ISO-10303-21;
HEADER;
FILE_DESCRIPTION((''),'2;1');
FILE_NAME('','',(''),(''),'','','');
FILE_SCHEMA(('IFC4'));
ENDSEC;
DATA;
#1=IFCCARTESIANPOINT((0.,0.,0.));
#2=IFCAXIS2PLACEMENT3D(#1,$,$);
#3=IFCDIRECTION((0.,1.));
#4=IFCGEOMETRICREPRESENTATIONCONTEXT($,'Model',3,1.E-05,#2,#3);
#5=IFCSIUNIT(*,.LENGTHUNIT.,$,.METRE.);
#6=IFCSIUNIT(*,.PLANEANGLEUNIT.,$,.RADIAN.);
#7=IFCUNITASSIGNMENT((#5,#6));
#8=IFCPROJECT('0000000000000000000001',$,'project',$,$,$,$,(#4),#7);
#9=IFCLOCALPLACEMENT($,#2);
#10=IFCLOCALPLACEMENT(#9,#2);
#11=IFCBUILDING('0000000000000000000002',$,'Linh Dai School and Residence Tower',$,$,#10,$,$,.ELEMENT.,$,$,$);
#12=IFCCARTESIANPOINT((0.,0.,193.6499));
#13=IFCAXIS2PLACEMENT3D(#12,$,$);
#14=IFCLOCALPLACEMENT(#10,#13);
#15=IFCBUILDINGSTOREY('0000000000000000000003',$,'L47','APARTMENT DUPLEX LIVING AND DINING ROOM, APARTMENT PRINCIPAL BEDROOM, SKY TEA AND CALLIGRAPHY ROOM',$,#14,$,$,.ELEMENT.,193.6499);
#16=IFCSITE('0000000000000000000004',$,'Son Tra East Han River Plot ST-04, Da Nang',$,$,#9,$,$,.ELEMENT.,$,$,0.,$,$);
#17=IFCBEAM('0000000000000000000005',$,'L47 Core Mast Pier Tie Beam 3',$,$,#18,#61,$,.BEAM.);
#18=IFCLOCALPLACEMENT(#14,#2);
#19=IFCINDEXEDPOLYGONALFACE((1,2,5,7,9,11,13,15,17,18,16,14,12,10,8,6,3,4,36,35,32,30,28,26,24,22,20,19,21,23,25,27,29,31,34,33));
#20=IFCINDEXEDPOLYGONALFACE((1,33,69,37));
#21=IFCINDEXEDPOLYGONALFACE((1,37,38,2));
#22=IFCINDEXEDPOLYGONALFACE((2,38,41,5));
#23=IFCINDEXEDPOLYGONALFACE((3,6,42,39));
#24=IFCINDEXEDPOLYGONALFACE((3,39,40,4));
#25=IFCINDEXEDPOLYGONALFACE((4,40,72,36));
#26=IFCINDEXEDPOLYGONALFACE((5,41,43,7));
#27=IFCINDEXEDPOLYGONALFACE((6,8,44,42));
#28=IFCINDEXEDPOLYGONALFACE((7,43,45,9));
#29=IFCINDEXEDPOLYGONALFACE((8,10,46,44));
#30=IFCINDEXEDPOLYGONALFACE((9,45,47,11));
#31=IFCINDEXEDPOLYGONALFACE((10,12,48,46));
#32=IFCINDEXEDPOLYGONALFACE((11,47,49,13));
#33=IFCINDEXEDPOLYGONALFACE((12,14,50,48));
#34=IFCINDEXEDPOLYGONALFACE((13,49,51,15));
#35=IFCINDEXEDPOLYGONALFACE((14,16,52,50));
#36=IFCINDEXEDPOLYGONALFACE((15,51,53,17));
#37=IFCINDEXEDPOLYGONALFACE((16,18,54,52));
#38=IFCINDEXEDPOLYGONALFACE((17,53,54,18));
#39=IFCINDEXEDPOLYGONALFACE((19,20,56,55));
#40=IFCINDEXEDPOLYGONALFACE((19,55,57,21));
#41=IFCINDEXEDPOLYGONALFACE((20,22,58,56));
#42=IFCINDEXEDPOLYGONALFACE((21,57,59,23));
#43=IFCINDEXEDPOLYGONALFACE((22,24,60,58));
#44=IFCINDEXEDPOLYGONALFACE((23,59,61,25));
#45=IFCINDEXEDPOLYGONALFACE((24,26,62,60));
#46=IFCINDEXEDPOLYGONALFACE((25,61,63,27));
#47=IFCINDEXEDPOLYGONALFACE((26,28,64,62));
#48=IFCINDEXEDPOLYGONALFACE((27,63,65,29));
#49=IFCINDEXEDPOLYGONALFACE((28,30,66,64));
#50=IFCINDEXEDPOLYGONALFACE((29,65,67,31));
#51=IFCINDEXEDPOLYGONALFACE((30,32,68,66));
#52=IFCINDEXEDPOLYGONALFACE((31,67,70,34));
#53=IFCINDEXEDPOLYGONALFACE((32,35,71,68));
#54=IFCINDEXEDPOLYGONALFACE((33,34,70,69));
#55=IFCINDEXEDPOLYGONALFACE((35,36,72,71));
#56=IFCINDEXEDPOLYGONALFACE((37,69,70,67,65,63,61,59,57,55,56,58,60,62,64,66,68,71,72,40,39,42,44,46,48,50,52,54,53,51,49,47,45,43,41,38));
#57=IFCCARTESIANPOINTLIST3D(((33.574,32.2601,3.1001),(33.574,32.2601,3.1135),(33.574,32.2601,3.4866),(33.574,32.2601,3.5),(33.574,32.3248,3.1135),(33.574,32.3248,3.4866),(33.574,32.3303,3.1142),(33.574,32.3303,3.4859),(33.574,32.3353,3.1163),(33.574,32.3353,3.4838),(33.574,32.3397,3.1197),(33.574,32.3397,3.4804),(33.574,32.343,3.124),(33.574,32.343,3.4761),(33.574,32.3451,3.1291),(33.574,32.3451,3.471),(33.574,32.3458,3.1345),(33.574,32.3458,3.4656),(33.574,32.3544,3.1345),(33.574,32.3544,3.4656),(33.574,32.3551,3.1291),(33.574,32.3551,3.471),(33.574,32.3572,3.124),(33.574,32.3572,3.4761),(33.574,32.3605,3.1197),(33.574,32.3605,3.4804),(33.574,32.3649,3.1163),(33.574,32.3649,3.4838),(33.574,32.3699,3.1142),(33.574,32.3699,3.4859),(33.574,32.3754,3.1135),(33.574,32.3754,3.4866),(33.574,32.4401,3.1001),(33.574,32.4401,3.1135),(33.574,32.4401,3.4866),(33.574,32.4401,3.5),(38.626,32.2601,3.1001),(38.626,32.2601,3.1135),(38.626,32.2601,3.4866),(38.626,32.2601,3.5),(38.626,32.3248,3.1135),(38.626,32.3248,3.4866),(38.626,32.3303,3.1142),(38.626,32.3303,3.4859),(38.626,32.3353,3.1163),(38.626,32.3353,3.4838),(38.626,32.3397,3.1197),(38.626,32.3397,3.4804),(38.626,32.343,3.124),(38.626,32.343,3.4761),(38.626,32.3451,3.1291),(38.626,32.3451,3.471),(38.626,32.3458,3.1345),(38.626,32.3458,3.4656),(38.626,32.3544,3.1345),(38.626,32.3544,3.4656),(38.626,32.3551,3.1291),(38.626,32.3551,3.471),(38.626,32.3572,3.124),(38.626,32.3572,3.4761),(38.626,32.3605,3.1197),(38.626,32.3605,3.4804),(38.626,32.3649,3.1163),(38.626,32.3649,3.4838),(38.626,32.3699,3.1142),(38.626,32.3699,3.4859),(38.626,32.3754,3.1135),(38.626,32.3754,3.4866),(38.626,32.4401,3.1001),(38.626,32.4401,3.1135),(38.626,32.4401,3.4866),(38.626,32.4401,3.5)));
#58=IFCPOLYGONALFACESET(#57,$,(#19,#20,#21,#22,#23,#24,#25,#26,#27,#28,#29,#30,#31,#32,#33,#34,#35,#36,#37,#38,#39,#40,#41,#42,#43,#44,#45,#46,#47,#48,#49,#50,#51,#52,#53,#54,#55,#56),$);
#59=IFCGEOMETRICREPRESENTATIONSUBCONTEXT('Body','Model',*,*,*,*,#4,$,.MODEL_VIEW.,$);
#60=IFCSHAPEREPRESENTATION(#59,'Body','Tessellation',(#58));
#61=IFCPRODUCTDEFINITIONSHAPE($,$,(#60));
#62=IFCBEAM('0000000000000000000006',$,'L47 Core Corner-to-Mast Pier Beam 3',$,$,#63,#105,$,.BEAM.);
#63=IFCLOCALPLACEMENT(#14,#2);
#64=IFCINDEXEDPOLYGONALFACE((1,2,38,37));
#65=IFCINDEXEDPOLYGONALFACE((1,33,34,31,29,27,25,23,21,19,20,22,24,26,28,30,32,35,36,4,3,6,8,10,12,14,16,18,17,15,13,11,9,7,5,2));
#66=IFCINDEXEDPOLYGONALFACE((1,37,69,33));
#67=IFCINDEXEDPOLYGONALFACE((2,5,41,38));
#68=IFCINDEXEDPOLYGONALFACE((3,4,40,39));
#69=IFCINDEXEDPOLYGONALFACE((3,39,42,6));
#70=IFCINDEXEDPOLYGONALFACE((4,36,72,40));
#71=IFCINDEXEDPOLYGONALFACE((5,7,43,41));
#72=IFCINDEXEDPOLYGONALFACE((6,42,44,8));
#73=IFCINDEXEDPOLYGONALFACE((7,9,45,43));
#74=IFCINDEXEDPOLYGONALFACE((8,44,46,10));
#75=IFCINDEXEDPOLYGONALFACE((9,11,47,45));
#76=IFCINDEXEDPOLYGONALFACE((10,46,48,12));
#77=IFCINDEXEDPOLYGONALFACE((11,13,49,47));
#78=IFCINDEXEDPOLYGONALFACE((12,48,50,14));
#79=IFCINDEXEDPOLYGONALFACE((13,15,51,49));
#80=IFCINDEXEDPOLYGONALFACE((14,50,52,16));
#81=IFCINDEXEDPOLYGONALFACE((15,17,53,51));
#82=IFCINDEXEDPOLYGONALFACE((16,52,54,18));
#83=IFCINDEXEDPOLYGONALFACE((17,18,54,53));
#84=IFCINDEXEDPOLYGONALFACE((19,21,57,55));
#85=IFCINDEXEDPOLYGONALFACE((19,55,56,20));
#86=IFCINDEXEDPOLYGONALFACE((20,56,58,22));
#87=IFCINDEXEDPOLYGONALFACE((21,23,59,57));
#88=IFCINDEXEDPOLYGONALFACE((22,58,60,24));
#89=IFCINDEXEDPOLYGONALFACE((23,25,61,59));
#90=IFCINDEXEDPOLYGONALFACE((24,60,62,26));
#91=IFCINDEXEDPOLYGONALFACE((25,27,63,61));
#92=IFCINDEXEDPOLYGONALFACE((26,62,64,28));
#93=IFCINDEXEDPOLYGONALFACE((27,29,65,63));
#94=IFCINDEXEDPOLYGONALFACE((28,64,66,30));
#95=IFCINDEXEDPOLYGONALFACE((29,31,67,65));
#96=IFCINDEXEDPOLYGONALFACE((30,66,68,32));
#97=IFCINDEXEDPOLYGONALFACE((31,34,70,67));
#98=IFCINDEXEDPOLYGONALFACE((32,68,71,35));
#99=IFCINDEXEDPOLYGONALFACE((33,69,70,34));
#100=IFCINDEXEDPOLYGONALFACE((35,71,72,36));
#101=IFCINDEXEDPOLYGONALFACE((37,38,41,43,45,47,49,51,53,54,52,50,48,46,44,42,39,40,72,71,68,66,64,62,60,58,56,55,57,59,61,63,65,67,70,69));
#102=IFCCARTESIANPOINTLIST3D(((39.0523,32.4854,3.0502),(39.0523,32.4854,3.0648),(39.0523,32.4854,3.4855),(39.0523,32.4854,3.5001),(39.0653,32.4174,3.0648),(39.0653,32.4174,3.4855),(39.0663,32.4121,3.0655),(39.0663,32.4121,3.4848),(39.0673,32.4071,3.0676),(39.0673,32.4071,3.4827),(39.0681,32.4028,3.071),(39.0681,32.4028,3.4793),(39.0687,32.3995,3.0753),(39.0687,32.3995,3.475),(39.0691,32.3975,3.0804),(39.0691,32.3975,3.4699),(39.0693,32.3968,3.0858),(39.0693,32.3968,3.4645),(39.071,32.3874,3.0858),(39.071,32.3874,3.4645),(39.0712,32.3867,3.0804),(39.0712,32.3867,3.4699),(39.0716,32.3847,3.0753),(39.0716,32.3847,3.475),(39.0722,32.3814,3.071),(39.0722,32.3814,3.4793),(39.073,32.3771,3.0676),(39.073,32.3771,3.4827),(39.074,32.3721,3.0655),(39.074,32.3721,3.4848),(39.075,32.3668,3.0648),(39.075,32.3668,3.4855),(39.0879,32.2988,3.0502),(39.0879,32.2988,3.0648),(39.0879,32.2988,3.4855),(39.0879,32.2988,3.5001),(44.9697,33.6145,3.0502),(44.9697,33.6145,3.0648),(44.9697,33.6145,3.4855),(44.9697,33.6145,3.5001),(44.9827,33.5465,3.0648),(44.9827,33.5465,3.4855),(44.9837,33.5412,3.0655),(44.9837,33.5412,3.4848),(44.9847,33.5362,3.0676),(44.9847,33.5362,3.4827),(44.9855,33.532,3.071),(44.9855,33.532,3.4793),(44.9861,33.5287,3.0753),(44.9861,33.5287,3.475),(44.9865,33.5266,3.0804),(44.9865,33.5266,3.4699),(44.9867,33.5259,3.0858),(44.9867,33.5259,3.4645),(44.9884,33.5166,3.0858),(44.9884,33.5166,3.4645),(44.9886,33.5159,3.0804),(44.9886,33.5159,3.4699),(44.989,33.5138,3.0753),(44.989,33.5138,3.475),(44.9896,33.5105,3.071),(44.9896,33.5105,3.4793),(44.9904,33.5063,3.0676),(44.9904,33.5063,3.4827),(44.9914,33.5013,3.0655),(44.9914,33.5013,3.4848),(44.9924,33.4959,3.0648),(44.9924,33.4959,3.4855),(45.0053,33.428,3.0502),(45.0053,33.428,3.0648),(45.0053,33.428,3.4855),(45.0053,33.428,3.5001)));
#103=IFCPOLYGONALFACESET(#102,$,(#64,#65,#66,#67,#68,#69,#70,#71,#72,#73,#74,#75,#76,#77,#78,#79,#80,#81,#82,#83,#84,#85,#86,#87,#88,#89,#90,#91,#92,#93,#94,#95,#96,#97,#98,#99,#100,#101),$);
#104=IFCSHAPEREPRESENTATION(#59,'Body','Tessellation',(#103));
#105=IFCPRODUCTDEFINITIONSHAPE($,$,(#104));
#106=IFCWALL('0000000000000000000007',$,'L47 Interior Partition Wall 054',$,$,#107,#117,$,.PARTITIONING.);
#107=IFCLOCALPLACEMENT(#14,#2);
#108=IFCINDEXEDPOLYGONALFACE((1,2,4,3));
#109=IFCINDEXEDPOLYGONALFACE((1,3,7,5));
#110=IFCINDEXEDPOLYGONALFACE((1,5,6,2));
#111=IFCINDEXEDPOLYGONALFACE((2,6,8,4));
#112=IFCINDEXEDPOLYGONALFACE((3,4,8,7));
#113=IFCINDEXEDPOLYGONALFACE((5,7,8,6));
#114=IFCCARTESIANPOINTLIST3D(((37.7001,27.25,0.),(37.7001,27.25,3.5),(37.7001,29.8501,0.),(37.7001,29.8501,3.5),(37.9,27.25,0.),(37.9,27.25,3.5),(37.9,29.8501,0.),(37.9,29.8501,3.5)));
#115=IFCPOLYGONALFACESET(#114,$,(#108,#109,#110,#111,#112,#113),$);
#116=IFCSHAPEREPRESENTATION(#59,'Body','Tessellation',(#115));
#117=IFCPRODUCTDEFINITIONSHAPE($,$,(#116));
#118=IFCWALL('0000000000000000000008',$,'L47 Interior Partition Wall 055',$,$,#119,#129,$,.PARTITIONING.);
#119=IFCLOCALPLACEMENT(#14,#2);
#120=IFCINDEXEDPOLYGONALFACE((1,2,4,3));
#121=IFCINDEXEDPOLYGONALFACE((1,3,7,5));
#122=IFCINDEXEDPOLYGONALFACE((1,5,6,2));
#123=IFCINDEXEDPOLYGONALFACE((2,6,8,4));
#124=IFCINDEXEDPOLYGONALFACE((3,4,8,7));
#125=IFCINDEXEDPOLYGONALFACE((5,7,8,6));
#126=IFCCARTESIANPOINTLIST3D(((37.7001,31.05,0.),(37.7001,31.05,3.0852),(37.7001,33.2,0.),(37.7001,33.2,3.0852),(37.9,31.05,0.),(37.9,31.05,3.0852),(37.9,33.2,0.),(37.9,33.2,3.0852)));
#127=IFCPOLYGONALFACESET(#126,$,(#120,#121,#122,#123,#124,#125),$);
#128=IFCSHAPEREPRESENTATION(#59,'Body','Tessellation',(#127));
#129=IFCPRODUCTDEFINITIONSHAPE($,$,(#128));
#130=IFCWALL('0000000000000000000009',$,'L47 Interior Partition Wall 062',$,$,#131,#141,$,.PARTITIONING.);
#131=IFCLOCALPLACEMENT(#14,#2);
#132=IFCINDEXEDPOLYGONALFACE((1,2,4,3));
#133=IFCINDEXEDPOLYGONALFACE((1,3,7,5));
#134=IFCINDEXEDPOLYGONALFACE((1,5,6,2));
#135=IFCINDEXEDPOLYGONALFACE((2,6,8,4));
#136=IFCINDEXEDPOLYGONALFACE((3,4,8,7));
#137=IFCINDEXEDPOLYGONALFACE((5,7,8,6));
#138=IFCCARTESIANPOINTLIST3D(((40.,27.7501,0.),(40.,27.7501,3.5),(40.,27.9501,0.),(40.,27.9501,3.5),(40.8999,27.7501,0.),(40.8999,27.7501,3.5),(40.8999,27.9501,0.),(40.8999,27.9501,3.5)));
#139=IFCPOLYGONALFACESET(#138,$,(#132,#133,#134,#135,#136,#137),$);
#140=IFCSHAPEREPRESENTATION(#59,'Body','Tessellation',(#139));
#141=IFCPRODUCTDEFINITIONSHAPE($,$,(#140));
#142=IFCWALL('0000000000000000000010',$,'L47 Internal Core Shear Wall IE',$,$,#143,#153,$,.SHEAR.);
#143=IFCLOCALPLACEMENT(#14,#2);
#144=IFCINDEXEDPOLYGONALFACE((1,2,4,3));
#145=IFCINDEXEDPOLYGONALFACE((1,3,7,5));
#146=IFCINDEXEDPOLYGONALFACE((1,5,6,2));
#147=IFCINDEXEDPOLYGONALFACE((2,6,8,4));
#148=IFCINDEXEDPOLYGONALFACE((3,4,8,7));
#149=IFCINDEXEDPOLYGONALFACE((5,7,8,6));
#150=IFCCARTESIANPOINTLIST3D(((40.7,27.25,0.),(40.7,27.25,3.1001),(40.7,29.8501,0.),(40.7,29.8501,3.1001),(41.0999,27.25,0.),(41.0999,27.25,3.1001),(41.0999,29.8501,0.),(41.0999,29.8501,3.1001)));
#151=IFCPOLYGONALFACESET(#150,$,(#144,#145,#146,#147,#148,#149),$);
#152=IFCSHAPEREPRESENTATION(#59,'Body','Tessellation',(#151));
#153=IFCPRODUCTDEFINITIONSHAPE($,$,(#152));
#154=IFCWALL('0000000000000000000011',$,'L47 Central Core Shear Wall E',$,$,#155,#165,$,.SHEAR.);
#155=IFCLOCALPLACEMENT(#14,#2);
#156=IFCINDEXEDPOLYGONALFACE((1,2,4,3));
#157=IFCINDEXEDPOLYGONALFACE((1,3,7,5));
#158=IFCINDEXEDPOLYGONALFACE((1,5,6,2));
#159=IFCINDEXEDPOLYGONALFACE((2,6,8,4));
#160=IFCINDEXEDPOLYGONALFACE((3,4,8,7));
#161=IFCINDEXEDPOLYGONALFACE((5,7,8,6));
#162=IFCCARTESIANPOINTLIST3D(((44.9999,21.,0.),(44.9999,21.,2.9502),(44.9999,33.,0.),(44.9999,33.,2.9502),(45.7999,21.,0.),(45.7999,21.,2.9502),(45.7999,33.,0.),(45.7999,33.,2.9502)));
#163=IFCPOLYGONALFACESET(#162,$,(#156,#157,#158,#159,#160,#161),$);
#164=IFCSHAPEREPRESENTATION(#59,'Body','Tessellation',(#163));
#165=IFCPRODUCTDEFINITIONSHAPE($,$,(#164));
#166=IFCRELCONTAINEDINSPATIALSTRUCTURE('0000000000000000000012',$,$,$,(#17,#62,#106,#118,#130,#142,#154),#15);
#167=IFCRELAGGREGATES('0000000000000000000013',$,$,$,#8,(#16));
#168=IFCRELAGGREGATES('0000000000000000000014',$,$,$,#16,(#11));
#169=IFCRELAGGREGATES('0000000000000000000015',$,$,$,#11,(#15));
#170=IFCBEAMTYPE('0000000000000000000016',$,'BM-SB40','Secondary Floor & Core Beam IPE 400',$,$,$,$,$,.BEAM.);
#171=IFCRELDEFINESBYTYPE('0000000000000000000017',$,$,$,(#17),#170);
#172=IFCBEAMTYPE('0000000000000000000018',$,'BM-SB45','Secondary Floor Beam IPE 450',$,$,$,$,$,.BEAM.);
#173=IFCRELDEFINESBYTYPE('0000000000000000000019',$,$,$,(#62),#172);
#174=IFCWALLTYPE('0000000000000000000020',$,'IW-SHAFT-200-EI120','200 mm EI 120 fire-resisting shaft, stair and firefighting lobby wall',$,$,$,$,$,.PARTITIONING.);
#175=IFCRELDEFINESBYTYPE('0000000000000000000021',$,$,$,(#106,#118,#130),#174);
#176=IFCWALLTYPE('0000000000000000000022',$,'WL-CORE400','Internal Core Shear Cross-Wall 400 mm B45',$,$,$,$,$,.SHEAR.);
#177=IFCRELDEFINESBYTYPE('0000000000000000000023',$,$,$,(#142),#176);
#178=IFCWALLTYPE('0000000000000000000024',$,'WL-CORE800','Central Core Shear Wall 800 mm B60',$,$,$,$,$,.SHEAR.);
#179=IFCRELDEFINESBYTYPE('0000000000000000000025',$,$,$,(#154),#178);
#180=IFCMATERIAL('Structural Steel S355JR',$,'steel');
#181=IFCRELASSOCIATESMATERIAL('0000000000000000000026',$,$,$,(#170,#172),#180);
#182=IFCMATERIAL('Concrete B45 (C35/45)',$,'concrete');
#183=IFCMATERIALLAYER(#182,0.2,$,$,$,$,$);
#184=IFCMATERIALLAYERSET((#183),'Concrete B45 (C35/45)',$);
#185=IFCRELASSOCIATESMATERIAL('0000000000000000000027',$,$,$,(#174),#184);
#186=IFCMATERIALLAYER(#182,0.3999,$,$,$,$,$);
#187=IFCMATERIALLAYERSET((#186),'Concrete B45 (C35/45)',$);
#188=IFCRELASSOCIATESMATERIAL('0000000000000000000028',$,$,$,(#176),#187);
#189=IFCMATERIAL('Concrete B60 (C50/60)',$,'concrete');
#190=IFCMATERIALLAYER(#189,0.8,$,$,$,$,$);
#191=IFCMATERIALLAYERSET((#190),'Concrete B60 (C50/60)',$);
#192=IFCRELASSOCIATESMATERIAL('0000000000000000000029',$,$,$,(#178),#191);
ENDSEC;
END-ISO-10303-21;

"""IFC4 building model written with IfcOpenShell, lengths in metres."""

from ifc_helpers import new_model, si_unit, direction, frame, frame_2d, origin, origin_2d, place, context, subcontext, project, spatial, rectangle, i_section, extrude, material, layer, layer_set, material_profile, profile_set, type_object, element, save


model = new_model("IFC4")

# Units and contexts
model_context = context("Model", 3, precision=1e-05, world=origin(), true_north=direction((0.0, 1.0)))
body_context = subcontext(model_context, "Body", "Model", "MODEL_VIEW")
ifc_project = project(units=[si_unit("LENGTHUNIT", "METRE"), si_unit("PLANEANGLEUNIT", "RADIAN")], contexts=[model_context])

# Site, building, storey
site_placement = place(None, origin())
site = spatial("IfcSite", under=ifc_project, at=site_placement, Name="Son Tra East Han River Plot ST-04, Da Nang", CompositionType="ELEMENT", RefElevation=0.0)
building_placement = place(site_placement, origin())
building = spatial("IfcBuilding", under=site, at=building_placement, Name="Linh Dai School and Residence Tower", CompositionType="ELEMENT")
storey_placement = place(building_placement, frame((0.0, 0.0, 193.6499)))
storey = spatial("IfcBuildingStorey", under=building, at=storey_placement, Name="L47", Description="APARTMENT DUPLEX LIVING AND DINING ROOM, APARTMENT PRINCIPAL BEDROOM, SKY TEA AND CALLIGRAPHY ROOM", CompositionType="ELEMENT", Elevation=193.6499)

# Shared definitions
ifc_material_1 = material(Name="Structural Steel S355JR", Category="steel")

# Beams
ifc_material_profile_1 = material_profile(ifc_material_1, i_section(OverallWidth=0.1799, OverallDepth=0.3999, WebThickness=0.0085, FlangeThickness=0.0134, FilletRadius=0.021, at=origin_2d()), Name="IPE 400")
ifc_profile_set_1 = profile_set([ifc_material_profile_1], Name="Structural Steel S355JR")
beam_type_1 = type_object("IfcBeamType", Name="BM-SB40", Description="Secondary Floor & Core Beam IPE 400", PredefinedType="BEAM", material=ifc_profile_set_1)
beam_1_placement = place(storey_placement, frame((38.626, 32.3501, 3.3), z_axis=(-1.0, 0.0, 0.0), x_axis=(0.0, -1.0, 0.0)))
element("IfcBeam", 1, at=beam_1_placement, inside=storey, type_object=beam_type_1, Name="L47 Core Mast Pier Tie Beam 3", PredefinedType="BEAM", context=body_context, shape_type="SweptSolid", body=[
    extrude(i_section(OverallWidth=0.1799, OverallDepth=0.3999, WebThickness=0.0085, FlangeThickness=0.0134, FilletRadius=0.021, at=origin_2d()), origin(), (0.0, 0.0, 1.0), 5.052),
])
ifc_material_profile_2 = material_profile(ifc_material_1, i_section(OverallWidth=0.1899, OverallDepth=0.45, WebThickness=0.0095, FlangeThickness=0.0146, FilletRadius=0.021, at=origin_2d()), Name="IPE 450")
ifc_profile_set_2 = profile_set([ifc_material_profile_2], Name="Structural Steel S355JR")
beam_type_2 = type_object("IfcBeamType", Name="BM-SB45", Description="Secondary Floor Beam IPE 450", PredefinedType="BEAM", material=ifc_profile_set_2)
beam_2_placement = place(storey_placement, frame((44.9875, 33.5212, 3.2751), z_axis=(-0.982277, -0.187434, 0.0), x_axis=(0.187434, -0.982277, 0.0)))
element("IfcBeam", 2, at=beam_2_placement, inside=storey, type_object=beam_type_2, Name="L47 Core Corner-to-Mast Pier Beam 3", PredefinedType="BEAM", context=body_context, shape_type="SweptSolid", body=[
    extrude(i_section(OverallWidth=0.1899, OverallDepth=0.45, WebThickness=0.0095, FlangeThickness=0.0146, FilletRadius=0.021, at=origin_2d()), origin(), (0.0, 0.0, 1.0), 6.0242),
])

# Walls
ifc_material_2 = material(Name="Concrete B45 (C35/45)", Category="concrete")
ifc_layer_1 = layer(ifc_material_2, 0.2)
ifc_layer_set_1 = layer_set([ifc_layer_1], Name="Concrete B45 (C35/45)")
wall_type_1 = type_object("IfcWallType", Name="IW-SHAFT-200-EI120", Description="200 mm EI 120 fire-resisting shaft, stair and firefighting lobby wall", PredefinedType="PARTITIONING", material=ifc_layer_set_1)
wall_1_placement = place(storey_placement, frame((37.8, 27.25, 0.0), z_axis=(0.0, 0.0, 1.0), x_axis=(0.0, 1.0, 0.0)))
element("IfcWall", 3, at=wall_1_placement, inside=storey, type_object=wall_type_1, Name="L47 Interior Partition Wall 054", PredefinedType="PARTITIONING", context=body_context, shape_type="SweptSolid", body=[
    extrude(rectangle(XDim=2.6001, YDim=0.2, at=frame_2d((1.3, 0.0))), origin(), (0.0, 0.0, 1.0), 3.5),
])
wall_2_placement = place(storey_placement, frame((37.8, 31.05, 0.0), z_axis=(0.0, 0.0, 1.0), x_axis=(0.0, 1.0, 0.0)))
element("IfcWall", 4, at=wall_2_placement, inside=storey, type_object=wall_type_1, Name="L47 Interior Partition Wall 055", PredefinedType="PARTITIONING", context=body_context, shape_type="SweptSolid", body=[
    extrude(rectangle(XDim=2.1499, YDim=0.2, at=frame_2d((1.075, 0.0))), origin(), (0.0, 0.0, 1.0), 3.0852),
])
wall_3_placement = place(storey_placement, frame((40.0, 27.8501, 0.0), z_axis=(0.0, 0.0, 1.0), x_axis=(1.0, 0.0, 0.0)))
element("IfcWall", 5, at=wall_3_placement, inside=storey, type_object=wall_type_1, Name="L47 Interior Partition Wall 062", PredefinedType="PARTITIONING", context=body_context, shape_type="SweptSolid", body=[
    extrude(rectangle(XDim=0.8999, YDim=0.2, at=frame_2d((0.45, 0.0))), origin(), (0.0, 0.0, 1.0), 3.5),
])
ifc_layer_2 = layer(ifc_material_2, 0.3999)
ifc_layer_set_2 = layer_set([ifc_layer_2], Name="Concrete B45 (C35/45)")
wall_type_2 = type_object("IfcWallType", Name="WL-CORE400", Description="Internal Core Shear Cross-Wall 400 mm B45", PredefinedType="SHEAR", material=ifc_layer_set_2)
wall_4_placement = place(storey_placement, frame((40.8999, 27.25, 0.0), z_axis=(0.0, 0.0, 1.0), x_axis=(0.0, 1.0, 0.0)))
element("IfcWall", 6, at=wall_4_placement, inside=storey, type_object=wall_type_2, Name="L47 Internal Core Shear Wall IE", PredefinedType="SHEAR", context=body_context, shape_type="SweptSolid", body=[
    extrude(rectangle(XDim=2.6001, YDim=0.3999, at=frame_2d((1.3, 0.0))), origin(), (0.0, 0.0, 1.0), 3.1001),
])
ifc_material_3 = material(Name="Concrete B60 (C50/60)", Category="concrete")
ifc_layer_3 = layer(ifc_material_3, 0.8)
ifc_layer_set_3 = layer_set([ifc_layer_3], Name="Concrete B60 (C50/60)")
wall_type_3 = type_object("IfcWallType", Name="WL-CORE800", Description="Central Core Shear Wall 800 mm B60", PredefinedType="SHEAR", material=ifc_layer_set_3)
wall_5_placement = place(storey_placement, frame((45.3999, 33.0, 0.0), z_axis=(0.0, 0.0, 1.0), x_axis=(0.0, -1.0, 0.0)))
element("IfcWall", 7, at=wall_5_placement, inside=storey, type_object=wall_type_3, Name="L47 Central Core Shear Wall E", PredefinedType="SHEAR", context=body_context, shape_type="SweptSolid", body=[
    extrude(rectangle(XDim=12.0, YDim=0.8, at=frame_2d((6.0, 0.0))), origin(), (0.0, 0.0, 1.0), 2.9502),
])

save(model, "model.ifc")
